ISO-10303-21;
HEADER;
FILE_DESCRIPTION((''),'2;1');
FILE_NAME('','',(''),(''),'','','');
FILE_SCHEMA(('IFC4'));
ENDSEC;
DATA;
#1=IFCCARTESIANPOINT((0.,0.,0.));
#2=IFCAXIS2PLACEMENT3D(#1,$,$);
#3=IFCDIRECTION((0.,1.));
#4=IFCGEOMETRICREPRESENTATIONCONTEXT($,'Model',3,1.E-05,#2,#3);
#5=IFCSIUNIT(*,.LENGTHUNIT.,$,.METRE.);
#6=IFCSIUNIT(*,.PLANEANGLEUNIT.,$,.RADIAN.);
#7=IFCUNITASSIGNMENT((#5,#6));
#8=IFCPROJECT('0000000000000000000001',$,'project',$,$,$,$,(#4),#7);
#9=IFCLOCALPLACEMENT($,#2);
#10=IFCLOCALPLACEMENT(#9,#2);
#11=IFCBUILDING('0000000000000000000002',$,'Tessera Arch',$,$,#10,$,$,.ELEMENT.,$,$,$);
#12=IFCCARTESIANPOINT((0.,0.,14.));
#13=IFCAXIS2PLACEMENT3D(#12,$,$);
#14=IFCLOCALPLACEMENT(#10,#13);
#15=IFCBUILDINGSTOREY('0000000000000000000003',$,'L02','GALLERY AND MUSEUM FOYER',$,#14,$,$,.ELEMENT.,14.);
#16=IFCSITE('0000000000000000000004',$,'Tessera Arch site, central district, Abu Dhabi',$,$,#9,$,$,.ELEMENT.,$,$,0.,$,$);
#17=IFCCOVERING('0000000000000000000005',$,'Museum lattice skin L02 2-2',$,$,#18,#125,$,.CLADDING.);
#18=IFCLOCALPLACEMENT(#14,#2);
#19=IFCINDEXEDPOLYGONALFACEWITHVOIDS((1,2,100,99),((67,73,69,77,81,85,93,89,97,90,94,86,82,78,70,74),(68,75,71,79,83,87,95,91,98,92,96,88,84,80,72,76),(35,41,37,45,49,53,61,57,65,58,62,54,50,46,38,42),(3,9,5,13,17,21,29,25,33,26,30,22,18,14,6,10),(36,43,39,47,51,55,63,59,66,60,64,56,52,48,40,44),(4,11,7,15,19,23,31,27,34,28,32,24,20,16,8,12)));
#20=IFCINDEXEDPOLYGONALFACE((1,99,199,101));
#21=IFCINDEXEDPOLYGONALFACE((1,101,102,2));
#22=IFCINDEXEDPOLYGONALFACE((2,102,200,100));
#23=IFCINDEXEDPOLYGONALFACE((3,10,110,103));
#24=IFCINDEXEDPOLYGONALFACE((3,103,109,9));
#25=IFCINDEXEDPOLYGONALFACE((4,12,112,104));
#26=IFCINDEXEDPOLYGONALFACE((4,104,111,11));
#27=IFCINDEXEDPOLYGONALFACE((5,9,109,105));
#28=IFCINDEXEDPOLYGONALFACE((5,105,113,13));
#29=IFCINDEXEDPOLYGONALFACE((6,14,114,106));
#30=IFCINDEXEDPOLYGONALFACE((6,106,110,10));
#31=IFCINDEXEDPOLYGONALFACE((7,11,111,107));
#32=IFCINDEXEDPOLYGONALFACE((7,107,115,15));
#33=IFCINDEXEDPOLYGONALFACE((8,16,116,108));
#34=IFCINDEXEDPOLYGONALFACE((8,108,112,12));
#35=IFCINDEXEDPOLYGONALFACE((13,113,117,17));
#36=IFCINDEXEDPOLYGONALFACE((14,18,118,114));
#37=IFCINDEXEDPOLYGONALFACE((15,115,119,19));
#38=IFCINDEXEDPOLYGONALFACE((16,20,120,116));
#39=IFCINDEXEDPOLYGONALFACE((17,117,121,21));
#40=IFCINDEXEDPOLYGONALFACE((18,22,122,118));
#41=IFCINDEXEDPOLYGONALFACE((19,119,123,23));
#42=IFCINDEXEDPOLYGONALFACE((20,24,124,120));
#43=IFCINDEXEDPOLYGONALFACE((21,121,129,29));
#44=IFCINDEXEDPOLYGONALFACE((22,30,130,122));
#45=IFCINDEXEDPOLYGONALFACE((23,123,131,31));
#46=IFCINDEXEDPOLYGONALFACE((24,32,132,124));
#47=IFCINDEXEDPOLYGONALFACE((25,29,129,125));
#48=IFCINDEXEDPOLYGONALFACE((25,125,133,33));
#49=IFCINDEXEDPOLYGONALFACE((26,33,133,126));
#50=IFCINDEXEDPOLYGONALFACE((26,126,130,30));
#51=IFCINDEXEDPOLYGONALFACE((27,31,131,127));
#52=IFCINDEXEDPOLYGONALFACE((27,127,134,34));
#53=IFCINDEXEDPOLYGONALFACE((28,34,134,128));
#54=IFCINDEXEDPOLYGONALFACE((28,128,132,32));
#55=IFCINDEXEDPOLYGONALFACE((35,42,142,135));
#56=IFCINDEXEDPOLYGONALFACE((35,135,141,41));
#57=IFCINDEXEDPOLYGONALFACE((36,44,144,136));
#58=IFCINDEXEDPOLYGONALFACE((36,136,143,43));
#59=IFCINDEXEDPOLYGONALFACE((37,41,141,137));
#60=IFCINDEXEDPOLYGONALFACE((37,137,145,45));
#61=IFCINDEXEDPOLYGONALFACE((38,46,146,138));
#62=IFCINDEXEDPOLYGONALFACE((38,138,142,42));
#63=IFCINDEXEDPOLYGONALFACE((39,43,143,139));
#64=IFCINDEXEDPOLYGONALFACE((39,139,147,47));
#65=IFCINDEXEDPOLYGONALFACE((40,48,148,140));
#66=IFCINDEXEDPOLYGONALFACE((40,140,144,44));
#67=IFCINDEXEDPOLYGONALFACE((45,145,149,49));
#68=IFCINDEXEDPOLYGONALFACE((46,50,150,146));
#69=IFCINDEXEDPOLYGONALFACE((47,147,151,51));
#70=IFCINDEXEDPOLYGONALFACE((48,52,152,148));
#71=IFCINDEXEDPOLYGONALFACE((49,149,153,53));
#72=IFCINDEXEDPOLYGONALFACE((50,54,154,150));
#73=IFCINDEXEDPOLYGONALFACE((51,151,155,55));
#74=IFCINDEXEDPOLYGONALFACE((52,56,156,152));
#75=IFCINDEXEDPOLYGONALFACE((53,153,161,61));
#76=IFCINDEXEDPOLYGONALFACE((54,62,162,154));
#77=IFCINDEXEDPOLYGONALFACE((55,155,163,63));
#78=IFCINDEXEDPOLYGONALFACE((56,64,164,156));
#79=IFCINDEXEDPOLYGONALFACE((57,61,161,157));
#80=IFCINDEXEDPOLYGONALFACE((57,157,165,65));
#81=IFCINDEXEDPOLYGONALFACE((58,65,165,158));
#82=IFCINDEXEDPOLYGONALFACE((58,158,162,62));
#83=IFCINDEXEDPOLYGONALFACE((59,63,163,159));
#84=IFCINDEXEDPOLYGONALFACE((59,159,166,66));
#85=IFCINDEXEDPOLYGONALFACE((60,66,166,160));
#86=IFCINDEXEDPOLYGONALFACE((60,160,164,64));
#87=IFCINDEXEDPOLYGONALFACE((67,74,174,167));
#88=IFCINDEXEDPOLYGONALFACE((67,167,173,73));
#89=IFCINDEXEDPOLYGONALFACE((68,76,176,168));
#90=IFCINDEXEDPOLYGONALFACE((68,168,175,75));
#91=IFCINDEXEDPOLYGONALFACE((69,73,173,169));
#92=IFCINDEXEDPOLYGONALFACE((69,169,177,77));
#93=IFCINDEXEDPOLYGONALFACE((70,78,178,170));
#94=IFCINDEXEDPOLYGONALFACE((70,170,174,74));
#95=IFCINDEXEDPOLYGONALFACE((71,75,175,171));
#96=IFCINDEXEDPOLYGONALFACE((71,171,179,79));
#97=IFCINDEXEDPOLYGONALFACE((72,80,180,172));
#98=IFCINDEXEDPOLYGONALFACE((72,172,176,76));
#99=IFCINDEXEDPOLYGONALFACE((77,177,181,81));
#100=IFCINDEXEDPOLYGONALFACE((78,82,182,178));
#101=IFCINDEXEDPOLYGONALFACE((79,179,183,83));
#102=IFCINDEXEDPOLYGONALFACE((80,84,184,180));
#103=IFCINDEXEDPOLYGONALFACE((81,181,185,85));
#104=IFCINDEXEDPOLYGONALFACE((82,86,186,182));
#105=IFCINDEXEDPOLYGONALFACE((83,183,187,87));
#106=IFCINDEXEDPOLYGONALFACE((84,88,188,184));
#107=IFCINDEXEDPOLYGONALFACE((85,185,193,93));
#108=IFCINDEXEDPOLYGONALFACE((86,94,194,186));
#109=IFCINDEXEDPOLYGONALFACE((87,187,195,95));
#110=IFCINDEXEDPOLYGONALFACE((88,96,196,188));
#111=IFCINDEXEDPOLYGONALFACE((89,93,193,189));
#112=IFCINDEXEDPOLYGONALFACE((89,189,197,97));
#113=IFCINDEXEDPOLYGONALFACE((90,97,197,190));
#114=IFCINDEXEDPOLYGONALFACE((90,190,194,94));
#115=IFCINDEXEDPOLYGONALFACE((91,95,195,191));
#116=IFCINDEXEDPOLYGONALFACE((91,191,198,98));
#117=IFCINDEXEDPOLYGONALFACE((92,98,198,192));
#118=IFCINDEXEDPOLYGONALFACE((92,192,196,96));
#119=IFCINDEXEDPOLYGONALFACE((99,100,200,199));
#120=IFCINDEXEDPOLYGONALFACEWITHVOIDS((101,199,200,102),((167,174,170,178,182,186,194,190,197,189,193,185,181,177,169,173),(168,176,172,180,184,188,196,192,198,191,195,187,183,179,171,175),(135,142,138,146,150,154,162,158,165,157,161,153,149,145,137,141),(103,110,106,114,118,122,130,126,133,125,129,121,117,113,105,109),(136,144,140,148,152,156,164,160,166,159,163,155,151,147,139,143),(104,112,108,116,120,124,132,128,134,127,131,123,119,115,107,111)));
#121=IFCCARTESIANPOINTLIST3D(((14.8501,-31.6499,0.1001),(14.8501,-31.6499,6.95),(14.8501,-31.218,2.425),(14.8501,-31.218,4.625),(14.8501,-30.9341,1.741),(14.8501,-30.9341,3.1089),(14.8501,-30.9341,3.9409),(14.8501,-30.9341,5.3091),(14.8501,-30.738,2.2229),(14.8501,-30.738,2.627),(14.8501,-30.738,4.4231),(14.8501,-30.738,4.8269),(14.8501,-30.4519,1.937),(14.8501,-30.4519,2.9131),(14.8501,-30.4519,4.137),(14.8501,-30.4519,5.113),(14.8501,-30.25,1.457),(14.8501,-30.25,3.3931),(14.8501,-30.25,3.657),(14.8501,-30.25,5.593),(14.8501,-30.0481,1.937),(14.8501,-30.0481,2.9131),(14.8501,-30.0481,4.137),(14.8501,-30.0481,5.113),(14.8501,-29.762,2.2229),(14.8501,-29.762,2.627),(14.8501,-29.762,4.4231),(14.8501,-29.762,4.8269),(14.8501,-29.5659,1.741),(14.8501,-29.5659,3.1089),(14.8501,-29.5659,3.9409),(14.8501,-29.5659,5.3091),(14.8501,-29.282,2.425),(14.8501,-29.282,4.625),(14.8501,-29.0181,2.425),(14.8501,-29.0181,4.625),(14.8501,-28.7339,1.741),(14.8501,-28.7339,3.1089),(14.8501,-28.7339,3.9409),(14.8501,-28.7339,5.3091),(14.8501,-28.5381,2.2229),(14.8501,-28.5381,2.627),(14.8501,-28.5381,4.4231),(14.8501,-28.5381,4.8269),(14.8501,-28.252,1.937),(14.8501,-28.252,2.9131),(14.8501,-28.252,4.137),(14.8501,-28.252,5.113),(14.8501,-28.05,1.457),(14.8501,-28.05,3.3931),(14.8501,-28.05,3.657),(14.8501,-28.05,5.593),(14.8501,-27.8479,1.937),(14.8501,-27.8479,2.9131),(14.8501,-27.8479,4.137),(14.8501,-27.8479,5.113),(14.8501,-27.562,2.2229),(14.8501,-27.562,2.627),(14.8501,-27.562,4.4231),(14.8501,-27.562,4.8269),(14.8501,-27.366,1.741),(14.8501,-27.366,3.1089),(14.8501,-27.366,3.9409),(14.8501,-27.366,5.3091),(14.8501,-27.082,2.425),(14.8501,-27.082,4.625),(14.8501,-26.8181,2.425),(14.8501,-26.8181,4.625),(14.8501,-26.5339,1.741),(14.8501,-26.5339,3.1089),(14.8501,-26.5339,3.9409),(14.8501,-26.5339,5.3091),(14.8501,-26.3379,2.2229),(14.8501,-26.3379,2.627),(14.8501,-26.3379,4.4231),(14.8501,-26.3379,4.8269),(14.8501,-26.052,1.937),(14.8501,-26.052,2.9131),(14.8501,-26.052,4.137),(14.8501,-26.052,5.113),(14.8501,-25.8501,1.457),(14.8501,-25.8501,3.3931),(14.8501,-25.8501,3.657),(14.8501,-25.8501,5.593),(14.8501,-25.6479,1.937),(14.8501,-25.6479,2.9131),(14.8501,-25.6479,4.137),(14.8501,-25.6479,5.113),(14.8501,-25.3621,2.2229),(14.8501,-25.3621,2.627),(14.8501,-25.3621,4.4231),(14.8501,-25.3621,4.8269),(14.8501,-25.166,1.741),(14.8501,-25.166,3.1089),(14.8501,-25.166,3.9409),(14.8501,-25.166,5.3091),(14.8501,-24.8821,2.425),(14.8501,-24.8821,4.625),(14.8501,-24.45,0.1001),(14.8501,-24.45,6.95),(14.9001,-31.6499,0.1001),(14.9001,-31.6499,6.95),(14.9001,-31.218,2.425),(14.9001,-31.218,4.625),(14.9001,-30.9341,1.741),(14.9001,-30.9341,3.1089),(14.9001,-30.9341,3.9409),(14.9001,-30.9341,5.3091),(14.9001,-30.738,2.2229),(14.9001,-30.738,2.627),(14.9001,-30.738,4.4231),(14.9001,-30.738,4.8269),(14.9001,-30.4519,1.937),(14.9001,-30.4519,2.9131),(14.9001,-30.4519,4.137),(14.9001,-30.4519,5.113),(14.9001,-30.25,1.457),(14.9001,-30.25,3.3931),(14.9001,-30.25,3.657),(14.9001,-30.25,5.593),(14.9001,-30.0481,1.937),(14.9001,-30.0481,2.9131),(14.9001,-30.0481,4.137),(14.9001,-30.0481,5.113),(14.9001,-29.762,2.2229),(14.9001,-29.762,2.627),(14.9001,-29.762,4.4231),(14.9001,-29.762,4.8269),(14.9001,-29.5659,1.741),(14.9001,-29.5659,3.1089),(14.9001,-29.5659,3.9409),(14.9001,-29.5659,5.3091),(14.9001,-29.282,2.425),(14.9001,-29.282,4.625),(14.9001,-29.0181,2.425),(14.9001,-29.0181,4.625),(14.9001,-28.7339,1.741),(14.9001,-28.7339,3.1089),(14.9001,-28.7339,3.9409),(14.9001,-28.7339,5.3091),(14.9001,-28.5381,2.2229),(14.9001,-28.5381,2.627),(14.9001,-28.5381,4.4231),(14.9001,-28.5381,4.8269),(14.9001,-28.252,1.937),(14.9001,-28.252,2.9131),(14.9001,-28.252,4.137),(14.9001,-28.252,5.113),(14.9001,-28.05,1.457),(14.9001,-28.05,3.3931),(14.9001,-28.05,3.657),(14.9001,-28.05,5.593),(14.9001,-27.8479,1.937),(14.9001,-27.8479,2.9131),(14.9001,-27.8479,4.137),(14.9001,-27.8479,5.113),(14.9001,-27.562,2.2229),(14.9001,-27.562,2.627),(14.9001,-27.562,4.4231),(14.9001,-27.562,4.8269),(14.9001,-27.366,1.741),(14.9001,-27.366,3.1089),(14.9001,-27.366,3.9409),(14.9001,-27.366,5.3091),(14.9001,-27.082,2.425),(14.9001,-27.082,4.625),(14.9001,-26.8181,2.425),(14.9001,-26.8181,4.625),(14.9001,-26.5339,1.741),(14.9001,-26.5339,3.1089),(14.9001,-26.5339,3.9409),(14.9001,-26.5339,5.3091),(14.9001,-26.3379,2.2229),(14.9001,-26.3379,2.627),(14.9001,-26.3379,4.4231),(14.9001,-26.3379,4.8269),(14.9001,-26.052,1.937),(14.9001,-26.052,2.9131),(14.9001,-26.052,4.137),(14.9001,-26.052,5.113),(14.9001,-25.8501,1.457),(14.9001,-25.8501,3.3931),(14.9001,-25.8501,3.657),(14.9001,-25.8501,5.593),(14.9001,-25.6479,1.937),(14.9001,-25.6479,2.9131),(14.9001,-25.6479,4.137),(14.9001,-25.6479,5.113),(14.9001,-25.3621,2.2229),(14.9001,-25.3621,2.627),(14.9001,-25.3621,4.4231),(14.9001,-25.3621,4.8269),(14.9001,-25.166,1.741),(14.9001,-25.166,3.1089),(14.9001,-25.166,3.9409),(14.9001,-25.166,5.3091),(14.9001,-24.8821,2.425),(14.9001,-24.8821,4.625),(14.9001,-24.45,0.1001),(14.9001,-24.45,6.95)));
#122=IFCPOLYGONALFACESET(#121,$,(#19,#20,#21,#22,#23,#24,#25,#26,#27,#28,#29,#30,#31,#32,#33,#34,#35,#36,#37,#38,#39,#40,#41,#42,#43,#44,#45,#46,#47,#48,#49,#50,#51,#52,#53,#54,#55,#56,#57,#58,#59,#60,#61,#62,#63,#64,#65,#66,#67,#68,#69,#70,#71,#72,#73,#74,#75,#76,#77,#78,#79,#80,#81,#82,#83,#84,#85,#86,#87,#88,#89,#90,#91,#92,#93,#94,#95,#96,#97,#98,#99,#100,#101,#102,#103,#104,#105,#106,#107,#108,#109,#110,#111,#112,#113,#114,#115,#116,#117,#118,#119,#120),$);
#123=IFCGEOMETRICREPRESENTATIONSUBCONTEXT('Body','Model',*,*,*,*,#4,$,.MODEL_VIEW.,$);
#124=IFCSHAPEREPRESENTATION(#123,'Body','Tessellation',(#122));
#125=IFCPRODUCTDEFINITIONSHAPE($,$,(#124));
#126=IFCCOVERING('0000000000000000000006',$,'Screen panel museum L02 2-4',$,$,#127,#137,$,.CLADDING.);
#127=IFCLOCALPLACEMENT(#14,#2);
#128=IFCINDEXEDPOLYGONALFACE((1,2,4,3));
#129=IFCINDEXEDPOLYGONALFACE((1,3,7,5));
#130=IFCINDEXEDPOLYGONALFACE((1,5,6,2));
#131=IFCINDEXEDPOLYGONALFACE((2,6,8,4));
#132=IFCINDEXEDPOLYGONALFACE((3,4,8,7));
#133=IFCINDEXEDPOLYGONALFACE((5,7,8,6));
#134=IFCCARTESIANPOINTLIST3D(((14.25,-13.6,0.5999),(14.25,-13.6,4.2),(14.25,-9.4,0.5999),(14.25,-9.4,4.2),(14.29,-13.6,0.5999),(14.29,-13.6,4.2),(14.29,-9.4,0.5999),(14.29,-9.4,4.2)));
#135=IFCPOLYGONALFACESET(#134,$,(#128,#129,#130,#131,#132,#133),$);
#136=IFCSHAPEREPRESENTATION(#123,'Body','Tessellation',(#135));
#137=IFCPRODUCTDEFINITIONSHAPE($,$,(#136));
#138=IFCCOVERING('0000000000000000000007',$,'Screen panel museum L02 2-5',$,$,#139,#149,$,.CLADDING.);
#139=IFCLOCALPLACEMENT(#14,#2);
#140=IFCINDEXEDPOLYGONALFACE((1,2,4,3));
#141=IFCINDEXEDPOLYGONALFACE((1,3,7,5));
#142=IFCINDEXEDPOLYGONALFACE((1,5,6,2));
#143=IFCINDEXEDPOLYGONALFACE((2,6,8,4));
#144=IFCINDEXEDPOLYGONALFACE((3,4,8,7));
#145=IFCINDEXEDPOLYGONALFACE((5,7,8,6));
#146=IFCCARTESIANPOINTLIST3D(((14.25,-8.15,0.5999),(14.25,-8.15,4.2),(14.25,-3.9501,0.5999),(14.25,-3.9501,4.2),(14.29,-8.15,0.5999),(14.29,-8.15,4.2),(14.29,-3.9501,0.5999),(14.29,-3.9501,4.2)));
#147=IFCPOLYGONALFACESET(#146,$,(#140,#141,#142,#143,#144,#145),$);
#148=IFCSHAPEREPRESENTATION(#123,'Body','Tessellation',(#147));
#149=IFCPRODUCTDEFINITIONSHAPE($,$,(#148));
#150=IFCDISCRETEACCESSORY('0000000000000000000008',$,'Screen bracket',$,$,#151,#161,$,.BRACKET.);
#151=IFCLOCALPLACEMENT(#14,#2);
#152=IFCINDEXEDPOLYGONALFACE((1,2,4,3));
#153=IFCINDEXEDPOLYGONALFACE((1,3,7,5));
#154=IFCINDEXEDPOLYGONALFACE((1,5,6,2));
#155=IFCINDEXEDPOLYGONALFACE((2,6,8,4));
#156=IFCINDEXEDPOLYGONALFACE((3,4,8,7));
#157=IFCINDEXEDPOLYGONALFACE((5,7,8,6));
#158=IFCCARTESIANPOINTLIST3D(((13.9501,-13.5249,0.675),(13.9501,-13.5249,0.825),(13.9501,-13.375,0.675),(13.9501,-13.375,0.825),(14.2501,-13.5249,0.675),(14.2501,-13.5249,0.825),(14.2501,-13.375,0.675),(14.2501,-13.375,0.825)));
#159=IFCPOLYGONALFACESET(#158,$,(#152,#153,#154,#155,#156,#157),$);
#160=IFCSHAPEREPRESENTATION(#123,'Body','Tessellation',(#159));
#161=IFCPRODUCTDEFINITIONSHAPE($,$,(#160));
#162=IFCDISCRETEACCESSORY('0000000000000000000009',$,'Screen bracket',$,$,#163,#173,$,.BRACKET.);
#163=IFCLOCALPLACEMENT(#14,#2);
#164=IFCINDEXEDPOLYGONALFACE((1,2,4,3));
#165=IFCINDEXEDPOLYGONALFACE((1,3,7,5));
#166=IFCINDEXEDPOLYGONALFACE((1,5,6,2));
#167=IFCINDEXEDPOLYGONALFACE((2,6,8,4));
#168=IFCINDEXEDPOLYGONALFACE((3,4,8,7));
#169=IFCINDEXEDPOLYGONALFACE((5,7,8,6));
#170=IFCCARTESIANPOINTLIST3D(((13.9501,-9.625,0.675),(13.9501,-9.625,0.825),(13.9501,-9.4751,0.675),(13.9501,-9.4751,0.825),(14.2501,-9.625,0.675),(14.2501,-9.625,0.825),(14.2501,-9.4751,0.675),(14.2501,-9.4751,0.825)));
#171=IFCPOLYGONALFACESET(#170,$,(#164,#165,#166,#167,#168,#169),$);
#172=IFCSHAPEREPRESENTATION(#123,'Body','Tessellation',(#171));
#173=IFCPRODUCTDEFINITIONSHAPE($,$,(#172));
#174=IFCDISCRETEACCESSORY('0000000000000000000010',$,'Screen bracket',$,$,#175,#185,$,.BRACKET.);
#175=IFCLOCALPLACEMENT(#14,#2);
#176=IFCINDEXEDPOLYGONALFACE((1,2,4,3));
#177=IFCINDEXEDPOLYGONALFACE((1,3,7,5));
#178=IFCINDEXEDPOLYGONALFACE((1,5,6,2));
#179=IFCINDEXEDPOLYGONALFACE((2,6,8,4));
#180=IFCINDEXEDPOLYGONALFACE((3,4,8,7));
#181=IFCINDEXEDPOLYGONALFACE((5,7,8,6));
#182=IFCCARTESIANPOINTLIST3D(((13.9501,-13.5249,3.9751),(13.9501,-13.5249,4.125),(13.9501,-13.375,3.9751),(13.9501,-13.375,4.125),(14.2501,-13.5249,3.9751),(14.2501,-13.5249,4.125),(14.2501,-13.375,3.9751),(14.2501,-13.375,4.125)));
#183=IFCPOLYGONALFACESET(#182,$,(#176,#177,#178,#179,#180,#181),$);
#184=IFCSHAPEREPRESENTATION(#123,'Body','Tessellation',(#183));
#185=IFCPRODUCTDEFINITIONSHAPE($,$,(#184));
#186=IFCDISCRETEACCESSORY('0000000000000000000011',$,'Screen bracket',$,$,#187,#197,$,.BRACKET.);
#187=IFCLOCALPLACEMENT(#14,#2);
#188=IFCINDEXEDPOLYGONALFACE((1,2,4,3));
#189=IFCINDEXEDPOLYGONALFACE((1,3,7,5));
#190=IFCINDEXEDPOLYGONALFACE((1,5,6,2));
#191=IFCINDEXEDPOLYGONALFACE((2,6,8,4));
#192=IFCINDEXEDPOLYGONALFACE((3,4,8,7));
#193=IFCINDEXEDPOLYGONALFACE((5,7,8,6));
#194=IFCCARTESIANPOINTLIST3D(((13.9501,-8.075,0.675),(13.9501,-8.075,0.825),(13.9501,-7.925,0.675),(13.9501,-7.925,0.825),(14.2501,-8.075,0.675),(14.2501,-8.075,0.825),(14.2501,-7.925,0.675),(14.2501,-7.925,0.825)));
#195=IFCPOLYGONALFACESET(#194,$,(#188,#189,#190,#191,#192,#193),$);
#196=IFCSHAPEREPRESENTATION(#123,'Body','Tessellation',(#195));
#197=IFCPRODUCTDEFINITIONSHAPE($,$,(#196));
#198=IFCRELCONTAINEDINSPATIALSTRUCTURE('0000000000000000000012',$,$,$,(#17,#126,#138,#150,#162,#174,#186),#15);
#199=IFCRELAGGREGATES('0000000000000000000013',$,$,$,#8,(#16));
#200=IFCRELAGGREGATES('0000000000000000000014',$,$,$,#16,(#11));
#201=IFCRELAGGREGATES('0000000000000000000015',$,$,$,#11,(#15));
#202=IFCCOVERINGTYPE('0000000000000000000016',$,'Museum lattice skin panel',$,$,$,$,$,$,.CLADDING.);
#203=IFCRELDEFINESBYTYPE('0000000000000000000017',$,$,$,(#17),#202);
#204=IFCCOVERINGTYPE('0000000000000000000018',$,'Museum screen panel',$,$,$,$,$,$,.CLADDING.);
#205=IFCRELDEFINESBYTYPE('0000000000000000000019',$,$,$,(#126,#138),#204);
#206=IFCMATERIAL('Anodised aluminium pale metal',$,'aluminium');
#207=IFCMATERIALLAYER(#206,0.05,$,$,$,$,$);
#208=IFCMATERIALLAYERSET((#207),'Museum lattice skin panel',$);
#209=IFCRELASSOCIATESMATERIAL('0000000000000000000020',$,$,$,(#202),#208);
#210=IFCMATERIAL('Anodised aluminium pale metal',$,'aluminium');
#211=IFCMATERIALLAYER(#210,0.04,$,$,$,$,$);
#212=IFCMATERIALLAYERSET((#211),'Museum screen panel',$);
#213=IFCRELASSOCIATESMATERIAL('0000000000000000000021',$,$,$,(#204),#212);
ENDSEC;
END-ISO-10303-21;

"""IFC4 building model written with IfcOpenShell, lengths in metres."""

from ifc_helpers import new_model, si_unit, direction, frame, origin, origin_2d, place, context, subcontext, project, spatial, polyline, rectangle, outline, extrude, material, layer, layer_set, type_object, element, save


model = new_model("IFC4")

# Units and contexts
model_context = context("Model", 3, precision=1e-05, world=origin(), true_north=direction((0.0, 1.0)))
body_context = subcontext(model_context, "Body", "Model", "MODEL_VIEW")
ifc_project = project(units=[si_unit("LENGTHUNIT", "METRE"), si_unit("PLANEANGLEUNIT", "RADIAN")], contexts=[model_context])

# Site, building, storey
site_placement = place(None, origin())
site = spatial("IfcSite", under=ifc_project, at=site_placement, Name="Tessera Arch site, central district, Abu Dhabi", CompositionType="ELEMENT", RefElevation=0.0)
building_placement = place(site_placement, origin())
building = spatial("IfcBuilding", under=site, at=building_placement, Name="Tessera Arch", CompositionType="ELEMENT")
storey_placement = place(building_placement, frame((0.0, 0.0, 14.0)))
storey = spatial("IfcBuildingStorey", under=building, at=storey_placement, Name="L02", Description="GALLERY AND MUSEUM FOYER", CompositionType="ELEMENT", Elevation=14.0)

# Coverings
ifc_material_1 = material(Name="Anodised aluminium pale metal", Category="aluminium")
ifc_layer_1 = layer(ifc_material_1, 0.05)
ifc_layer_set_1 = layer_set([ifc_layer_1], Name="Museum lattice skin panel")
covering_type_1 = type_object("IfcCoveringType", Name="Museum lattice skin panel", PredefinedType="CLADDING", material=ifc_layer_set_1)
covering_placement = place(storey_placement, frame((14.8501, -31.6499, 6.95), z_axis=(-1.0, 0.0, 0.0), x_axis=(0.0, 1.0, 0.0)))
element("IfcCovering", 1, at=covering_placement, inside=storey, type_object=covering_type_1, Name="Museum lattice skin L02 2-2", PredefinedType="CLADDING", context=body_context, shape_type="SweptSolid", body=[
    extrude(outline(polyline([(0.0, 0.0), (7.2, 0.0), (7.2, 6.8499), (0.0, 6.8499), (0.0, 0.0)]), holes=[polyline([(2.3679, 4.5249), (1.8879, 4.323), (2.084, 3.8411), (1.6018, 4.0369), (1.3999, 3.5569), (1.198, 4.0369), (0.7158, 3.8411), (0.9119, 4.323), (0.4319, 4.5249), (0.9119, 4.7271), (0.7158, 5.209), (1.198, 5.0129), (1.3999, 5.4929), (1.6018, 5.0129), (2.084, 5.209), (1.8879, 4.7271), (2.3679, 4.5249)]), polyline([(2.3679, 2.325), (1.8879, 2.123), (2.084, 1.6409), (1.6018, 1.8369), (1.3999, 1.3569), (1.198, 1.8369), (0.7158, 1.6409), (0.9119, 2.123), (0.4319, 2.325), (0.9119, 2.5269), (0.7158, 3.009), (1.198, 2.813), (1.3999, 3.293), (1.6018, 2.813), (2.084, 3.009), (1.8879, 2.5269), (2.3679, 2.325)]), polyline([(4.5679, 4.5249), (4.0879, 4.323), (4.2839, 3.8411), (3.802, 4.0369), (3.5999, 3.5569), (3.3979, 4.0369), (2.916, 3.8411), (3.1118, 4.323), (2.6318, 4.5249), (3.1118, 4.7271), (2.916, 5.209), (3.3979, 5.0129), (3.5999, 5.4929), (3.802, 5.0129), (4.2839, 5.209), (4.0879, 4.7271), (4.5679, 4.5249)]), polyline([(4.5679, 2.325), (4.0879, 2.123), (4.2839, 1.6409), (3.802, 1.8369), (3.5999, 1.3569), (3.3979, 1.8369), (2.916, 1.6409), (3.1118, 2.123), (2.6318, 2.325), (3.1118, 2.5269), (2.916, 3.009), (3.3979, 2.813), (3.5999, 3.293), (3.802, 2.813), (4.2839, 3.009), (4.0879, 2.5269), (4.5679, 2.325)]), polyline([(6.7678, 4.5249), (6.2878, 4.323), (6.4839, 3.8411), (6.002, 4.0369), (5.7998, 3.5569), (5.5979, 4.0369), (5.116, 3.8411), (5.312, 4.323), (4.8318, 4.5249), (5.312, 4.7271), (5.116, 5.209), (5.5979, 5.0129), (5.7998, 5.4929), (6.002, 5.0129), (6.4839, 5.209), (6.2878, 4.7271), (6.7678, 4.5249)]), polyline([(6.7678, 2.325), (6.2878, 2.123), (6.4839, 1.6409), (6.002, 1.8369), (5.7998, 1.3569), (5.5979, 1.8369), (5.116, 1.6409), (5.312, 2.123), (4.8318, 2.325), (5.312, 2.5269), (5.116, 3.009), (5.5979, 2.813), (5.7998, 3.293), (6.002, 2.813), (6.4839, 3.009), (6.2878, 2.5269), (6.7678, 2.325)])]), origin(), (0.0, 0.0, -1.0), 0.05),
])
ifc_material_2 = material(Name="Anodised aluminium pale metal", Category="aluminium")
ifc_layer_2 = layer(ifc_material_2, 0.04)
ifc_layer_set_2 = layer_set([ifc_layer_2], Name="Museum screen panel")
covering_type_2 = type_object("IfcCoveringType", Name="Museum screen panel", PredefinedType="CLADDING", material=ifc_layer_set_2)
for number, where, z_axis, x_axis, name in (
    (2, (14.27, -11.5, 0.5999), (0.0, 0.0, 1.0), (0.0, 1.0, 0.0), "Screen panel museum L02 2-4"),
    (3, (14.27, -6.05, 0.5999), (0.0, 0.0, 1.0), (0.0, 1.0, 0.0), "Screen panel museum L02 2-5"),
):
    element("IfcCovering", number, at=place(storey_placement, frame(where, z_axis=z_axis, x_axis=x_axis)), inside=storey, type_object=covering_type_2, Name=name, PredefinedType="CLADDING", context=body_context, shape_type="SweptSolid", body=[
        extrude(rectangle(XDim=4.2, YDim=0.04, at=origin_2d()), origin(), (0.0, 0.0, 1.0), 3.6001),
    ])

# Discrete accessories
for number, where, z_axis, x_axis, name in (
    (4, (14.1001, -13.45, 0.675), (0.0, 0.0, 1.0), (1.0, 0.0, 0.0), "Screen bracket"),
    (5, (14.1001, -9.55, 0.675), (0.0, 0.0, 1.0), (1.0, 0.0, 0.0), "Screen bracket"),
    (6, (14.1001, -13.45, 3.9751), (0.0, 0.0, 1.0), (1.0, 0.0, 0.0), "Screen bracket"),
    (7, (14.1001, -8.0, 0.675), (0.0, 0.0, 1.0), (1.0, 0.0, 0.0), "Screen bracket"),
):
    element("IfcDiscreteAccessory", number, at=place(storey_placement, frame(where, z_axis=z_axis, x_axis=x_axis)), inside=storey, Name=name, PredefinedType="BRACKET", context=body_context, shape_type="SweptSolid", body=[
        extrude(rectangle(XDim=0.3, YDim=0.1499, at=origin_2d()), origin(), (0.0, 0.0, 1.0), 0.1499),
    ])

save(model, "model.ifc")
